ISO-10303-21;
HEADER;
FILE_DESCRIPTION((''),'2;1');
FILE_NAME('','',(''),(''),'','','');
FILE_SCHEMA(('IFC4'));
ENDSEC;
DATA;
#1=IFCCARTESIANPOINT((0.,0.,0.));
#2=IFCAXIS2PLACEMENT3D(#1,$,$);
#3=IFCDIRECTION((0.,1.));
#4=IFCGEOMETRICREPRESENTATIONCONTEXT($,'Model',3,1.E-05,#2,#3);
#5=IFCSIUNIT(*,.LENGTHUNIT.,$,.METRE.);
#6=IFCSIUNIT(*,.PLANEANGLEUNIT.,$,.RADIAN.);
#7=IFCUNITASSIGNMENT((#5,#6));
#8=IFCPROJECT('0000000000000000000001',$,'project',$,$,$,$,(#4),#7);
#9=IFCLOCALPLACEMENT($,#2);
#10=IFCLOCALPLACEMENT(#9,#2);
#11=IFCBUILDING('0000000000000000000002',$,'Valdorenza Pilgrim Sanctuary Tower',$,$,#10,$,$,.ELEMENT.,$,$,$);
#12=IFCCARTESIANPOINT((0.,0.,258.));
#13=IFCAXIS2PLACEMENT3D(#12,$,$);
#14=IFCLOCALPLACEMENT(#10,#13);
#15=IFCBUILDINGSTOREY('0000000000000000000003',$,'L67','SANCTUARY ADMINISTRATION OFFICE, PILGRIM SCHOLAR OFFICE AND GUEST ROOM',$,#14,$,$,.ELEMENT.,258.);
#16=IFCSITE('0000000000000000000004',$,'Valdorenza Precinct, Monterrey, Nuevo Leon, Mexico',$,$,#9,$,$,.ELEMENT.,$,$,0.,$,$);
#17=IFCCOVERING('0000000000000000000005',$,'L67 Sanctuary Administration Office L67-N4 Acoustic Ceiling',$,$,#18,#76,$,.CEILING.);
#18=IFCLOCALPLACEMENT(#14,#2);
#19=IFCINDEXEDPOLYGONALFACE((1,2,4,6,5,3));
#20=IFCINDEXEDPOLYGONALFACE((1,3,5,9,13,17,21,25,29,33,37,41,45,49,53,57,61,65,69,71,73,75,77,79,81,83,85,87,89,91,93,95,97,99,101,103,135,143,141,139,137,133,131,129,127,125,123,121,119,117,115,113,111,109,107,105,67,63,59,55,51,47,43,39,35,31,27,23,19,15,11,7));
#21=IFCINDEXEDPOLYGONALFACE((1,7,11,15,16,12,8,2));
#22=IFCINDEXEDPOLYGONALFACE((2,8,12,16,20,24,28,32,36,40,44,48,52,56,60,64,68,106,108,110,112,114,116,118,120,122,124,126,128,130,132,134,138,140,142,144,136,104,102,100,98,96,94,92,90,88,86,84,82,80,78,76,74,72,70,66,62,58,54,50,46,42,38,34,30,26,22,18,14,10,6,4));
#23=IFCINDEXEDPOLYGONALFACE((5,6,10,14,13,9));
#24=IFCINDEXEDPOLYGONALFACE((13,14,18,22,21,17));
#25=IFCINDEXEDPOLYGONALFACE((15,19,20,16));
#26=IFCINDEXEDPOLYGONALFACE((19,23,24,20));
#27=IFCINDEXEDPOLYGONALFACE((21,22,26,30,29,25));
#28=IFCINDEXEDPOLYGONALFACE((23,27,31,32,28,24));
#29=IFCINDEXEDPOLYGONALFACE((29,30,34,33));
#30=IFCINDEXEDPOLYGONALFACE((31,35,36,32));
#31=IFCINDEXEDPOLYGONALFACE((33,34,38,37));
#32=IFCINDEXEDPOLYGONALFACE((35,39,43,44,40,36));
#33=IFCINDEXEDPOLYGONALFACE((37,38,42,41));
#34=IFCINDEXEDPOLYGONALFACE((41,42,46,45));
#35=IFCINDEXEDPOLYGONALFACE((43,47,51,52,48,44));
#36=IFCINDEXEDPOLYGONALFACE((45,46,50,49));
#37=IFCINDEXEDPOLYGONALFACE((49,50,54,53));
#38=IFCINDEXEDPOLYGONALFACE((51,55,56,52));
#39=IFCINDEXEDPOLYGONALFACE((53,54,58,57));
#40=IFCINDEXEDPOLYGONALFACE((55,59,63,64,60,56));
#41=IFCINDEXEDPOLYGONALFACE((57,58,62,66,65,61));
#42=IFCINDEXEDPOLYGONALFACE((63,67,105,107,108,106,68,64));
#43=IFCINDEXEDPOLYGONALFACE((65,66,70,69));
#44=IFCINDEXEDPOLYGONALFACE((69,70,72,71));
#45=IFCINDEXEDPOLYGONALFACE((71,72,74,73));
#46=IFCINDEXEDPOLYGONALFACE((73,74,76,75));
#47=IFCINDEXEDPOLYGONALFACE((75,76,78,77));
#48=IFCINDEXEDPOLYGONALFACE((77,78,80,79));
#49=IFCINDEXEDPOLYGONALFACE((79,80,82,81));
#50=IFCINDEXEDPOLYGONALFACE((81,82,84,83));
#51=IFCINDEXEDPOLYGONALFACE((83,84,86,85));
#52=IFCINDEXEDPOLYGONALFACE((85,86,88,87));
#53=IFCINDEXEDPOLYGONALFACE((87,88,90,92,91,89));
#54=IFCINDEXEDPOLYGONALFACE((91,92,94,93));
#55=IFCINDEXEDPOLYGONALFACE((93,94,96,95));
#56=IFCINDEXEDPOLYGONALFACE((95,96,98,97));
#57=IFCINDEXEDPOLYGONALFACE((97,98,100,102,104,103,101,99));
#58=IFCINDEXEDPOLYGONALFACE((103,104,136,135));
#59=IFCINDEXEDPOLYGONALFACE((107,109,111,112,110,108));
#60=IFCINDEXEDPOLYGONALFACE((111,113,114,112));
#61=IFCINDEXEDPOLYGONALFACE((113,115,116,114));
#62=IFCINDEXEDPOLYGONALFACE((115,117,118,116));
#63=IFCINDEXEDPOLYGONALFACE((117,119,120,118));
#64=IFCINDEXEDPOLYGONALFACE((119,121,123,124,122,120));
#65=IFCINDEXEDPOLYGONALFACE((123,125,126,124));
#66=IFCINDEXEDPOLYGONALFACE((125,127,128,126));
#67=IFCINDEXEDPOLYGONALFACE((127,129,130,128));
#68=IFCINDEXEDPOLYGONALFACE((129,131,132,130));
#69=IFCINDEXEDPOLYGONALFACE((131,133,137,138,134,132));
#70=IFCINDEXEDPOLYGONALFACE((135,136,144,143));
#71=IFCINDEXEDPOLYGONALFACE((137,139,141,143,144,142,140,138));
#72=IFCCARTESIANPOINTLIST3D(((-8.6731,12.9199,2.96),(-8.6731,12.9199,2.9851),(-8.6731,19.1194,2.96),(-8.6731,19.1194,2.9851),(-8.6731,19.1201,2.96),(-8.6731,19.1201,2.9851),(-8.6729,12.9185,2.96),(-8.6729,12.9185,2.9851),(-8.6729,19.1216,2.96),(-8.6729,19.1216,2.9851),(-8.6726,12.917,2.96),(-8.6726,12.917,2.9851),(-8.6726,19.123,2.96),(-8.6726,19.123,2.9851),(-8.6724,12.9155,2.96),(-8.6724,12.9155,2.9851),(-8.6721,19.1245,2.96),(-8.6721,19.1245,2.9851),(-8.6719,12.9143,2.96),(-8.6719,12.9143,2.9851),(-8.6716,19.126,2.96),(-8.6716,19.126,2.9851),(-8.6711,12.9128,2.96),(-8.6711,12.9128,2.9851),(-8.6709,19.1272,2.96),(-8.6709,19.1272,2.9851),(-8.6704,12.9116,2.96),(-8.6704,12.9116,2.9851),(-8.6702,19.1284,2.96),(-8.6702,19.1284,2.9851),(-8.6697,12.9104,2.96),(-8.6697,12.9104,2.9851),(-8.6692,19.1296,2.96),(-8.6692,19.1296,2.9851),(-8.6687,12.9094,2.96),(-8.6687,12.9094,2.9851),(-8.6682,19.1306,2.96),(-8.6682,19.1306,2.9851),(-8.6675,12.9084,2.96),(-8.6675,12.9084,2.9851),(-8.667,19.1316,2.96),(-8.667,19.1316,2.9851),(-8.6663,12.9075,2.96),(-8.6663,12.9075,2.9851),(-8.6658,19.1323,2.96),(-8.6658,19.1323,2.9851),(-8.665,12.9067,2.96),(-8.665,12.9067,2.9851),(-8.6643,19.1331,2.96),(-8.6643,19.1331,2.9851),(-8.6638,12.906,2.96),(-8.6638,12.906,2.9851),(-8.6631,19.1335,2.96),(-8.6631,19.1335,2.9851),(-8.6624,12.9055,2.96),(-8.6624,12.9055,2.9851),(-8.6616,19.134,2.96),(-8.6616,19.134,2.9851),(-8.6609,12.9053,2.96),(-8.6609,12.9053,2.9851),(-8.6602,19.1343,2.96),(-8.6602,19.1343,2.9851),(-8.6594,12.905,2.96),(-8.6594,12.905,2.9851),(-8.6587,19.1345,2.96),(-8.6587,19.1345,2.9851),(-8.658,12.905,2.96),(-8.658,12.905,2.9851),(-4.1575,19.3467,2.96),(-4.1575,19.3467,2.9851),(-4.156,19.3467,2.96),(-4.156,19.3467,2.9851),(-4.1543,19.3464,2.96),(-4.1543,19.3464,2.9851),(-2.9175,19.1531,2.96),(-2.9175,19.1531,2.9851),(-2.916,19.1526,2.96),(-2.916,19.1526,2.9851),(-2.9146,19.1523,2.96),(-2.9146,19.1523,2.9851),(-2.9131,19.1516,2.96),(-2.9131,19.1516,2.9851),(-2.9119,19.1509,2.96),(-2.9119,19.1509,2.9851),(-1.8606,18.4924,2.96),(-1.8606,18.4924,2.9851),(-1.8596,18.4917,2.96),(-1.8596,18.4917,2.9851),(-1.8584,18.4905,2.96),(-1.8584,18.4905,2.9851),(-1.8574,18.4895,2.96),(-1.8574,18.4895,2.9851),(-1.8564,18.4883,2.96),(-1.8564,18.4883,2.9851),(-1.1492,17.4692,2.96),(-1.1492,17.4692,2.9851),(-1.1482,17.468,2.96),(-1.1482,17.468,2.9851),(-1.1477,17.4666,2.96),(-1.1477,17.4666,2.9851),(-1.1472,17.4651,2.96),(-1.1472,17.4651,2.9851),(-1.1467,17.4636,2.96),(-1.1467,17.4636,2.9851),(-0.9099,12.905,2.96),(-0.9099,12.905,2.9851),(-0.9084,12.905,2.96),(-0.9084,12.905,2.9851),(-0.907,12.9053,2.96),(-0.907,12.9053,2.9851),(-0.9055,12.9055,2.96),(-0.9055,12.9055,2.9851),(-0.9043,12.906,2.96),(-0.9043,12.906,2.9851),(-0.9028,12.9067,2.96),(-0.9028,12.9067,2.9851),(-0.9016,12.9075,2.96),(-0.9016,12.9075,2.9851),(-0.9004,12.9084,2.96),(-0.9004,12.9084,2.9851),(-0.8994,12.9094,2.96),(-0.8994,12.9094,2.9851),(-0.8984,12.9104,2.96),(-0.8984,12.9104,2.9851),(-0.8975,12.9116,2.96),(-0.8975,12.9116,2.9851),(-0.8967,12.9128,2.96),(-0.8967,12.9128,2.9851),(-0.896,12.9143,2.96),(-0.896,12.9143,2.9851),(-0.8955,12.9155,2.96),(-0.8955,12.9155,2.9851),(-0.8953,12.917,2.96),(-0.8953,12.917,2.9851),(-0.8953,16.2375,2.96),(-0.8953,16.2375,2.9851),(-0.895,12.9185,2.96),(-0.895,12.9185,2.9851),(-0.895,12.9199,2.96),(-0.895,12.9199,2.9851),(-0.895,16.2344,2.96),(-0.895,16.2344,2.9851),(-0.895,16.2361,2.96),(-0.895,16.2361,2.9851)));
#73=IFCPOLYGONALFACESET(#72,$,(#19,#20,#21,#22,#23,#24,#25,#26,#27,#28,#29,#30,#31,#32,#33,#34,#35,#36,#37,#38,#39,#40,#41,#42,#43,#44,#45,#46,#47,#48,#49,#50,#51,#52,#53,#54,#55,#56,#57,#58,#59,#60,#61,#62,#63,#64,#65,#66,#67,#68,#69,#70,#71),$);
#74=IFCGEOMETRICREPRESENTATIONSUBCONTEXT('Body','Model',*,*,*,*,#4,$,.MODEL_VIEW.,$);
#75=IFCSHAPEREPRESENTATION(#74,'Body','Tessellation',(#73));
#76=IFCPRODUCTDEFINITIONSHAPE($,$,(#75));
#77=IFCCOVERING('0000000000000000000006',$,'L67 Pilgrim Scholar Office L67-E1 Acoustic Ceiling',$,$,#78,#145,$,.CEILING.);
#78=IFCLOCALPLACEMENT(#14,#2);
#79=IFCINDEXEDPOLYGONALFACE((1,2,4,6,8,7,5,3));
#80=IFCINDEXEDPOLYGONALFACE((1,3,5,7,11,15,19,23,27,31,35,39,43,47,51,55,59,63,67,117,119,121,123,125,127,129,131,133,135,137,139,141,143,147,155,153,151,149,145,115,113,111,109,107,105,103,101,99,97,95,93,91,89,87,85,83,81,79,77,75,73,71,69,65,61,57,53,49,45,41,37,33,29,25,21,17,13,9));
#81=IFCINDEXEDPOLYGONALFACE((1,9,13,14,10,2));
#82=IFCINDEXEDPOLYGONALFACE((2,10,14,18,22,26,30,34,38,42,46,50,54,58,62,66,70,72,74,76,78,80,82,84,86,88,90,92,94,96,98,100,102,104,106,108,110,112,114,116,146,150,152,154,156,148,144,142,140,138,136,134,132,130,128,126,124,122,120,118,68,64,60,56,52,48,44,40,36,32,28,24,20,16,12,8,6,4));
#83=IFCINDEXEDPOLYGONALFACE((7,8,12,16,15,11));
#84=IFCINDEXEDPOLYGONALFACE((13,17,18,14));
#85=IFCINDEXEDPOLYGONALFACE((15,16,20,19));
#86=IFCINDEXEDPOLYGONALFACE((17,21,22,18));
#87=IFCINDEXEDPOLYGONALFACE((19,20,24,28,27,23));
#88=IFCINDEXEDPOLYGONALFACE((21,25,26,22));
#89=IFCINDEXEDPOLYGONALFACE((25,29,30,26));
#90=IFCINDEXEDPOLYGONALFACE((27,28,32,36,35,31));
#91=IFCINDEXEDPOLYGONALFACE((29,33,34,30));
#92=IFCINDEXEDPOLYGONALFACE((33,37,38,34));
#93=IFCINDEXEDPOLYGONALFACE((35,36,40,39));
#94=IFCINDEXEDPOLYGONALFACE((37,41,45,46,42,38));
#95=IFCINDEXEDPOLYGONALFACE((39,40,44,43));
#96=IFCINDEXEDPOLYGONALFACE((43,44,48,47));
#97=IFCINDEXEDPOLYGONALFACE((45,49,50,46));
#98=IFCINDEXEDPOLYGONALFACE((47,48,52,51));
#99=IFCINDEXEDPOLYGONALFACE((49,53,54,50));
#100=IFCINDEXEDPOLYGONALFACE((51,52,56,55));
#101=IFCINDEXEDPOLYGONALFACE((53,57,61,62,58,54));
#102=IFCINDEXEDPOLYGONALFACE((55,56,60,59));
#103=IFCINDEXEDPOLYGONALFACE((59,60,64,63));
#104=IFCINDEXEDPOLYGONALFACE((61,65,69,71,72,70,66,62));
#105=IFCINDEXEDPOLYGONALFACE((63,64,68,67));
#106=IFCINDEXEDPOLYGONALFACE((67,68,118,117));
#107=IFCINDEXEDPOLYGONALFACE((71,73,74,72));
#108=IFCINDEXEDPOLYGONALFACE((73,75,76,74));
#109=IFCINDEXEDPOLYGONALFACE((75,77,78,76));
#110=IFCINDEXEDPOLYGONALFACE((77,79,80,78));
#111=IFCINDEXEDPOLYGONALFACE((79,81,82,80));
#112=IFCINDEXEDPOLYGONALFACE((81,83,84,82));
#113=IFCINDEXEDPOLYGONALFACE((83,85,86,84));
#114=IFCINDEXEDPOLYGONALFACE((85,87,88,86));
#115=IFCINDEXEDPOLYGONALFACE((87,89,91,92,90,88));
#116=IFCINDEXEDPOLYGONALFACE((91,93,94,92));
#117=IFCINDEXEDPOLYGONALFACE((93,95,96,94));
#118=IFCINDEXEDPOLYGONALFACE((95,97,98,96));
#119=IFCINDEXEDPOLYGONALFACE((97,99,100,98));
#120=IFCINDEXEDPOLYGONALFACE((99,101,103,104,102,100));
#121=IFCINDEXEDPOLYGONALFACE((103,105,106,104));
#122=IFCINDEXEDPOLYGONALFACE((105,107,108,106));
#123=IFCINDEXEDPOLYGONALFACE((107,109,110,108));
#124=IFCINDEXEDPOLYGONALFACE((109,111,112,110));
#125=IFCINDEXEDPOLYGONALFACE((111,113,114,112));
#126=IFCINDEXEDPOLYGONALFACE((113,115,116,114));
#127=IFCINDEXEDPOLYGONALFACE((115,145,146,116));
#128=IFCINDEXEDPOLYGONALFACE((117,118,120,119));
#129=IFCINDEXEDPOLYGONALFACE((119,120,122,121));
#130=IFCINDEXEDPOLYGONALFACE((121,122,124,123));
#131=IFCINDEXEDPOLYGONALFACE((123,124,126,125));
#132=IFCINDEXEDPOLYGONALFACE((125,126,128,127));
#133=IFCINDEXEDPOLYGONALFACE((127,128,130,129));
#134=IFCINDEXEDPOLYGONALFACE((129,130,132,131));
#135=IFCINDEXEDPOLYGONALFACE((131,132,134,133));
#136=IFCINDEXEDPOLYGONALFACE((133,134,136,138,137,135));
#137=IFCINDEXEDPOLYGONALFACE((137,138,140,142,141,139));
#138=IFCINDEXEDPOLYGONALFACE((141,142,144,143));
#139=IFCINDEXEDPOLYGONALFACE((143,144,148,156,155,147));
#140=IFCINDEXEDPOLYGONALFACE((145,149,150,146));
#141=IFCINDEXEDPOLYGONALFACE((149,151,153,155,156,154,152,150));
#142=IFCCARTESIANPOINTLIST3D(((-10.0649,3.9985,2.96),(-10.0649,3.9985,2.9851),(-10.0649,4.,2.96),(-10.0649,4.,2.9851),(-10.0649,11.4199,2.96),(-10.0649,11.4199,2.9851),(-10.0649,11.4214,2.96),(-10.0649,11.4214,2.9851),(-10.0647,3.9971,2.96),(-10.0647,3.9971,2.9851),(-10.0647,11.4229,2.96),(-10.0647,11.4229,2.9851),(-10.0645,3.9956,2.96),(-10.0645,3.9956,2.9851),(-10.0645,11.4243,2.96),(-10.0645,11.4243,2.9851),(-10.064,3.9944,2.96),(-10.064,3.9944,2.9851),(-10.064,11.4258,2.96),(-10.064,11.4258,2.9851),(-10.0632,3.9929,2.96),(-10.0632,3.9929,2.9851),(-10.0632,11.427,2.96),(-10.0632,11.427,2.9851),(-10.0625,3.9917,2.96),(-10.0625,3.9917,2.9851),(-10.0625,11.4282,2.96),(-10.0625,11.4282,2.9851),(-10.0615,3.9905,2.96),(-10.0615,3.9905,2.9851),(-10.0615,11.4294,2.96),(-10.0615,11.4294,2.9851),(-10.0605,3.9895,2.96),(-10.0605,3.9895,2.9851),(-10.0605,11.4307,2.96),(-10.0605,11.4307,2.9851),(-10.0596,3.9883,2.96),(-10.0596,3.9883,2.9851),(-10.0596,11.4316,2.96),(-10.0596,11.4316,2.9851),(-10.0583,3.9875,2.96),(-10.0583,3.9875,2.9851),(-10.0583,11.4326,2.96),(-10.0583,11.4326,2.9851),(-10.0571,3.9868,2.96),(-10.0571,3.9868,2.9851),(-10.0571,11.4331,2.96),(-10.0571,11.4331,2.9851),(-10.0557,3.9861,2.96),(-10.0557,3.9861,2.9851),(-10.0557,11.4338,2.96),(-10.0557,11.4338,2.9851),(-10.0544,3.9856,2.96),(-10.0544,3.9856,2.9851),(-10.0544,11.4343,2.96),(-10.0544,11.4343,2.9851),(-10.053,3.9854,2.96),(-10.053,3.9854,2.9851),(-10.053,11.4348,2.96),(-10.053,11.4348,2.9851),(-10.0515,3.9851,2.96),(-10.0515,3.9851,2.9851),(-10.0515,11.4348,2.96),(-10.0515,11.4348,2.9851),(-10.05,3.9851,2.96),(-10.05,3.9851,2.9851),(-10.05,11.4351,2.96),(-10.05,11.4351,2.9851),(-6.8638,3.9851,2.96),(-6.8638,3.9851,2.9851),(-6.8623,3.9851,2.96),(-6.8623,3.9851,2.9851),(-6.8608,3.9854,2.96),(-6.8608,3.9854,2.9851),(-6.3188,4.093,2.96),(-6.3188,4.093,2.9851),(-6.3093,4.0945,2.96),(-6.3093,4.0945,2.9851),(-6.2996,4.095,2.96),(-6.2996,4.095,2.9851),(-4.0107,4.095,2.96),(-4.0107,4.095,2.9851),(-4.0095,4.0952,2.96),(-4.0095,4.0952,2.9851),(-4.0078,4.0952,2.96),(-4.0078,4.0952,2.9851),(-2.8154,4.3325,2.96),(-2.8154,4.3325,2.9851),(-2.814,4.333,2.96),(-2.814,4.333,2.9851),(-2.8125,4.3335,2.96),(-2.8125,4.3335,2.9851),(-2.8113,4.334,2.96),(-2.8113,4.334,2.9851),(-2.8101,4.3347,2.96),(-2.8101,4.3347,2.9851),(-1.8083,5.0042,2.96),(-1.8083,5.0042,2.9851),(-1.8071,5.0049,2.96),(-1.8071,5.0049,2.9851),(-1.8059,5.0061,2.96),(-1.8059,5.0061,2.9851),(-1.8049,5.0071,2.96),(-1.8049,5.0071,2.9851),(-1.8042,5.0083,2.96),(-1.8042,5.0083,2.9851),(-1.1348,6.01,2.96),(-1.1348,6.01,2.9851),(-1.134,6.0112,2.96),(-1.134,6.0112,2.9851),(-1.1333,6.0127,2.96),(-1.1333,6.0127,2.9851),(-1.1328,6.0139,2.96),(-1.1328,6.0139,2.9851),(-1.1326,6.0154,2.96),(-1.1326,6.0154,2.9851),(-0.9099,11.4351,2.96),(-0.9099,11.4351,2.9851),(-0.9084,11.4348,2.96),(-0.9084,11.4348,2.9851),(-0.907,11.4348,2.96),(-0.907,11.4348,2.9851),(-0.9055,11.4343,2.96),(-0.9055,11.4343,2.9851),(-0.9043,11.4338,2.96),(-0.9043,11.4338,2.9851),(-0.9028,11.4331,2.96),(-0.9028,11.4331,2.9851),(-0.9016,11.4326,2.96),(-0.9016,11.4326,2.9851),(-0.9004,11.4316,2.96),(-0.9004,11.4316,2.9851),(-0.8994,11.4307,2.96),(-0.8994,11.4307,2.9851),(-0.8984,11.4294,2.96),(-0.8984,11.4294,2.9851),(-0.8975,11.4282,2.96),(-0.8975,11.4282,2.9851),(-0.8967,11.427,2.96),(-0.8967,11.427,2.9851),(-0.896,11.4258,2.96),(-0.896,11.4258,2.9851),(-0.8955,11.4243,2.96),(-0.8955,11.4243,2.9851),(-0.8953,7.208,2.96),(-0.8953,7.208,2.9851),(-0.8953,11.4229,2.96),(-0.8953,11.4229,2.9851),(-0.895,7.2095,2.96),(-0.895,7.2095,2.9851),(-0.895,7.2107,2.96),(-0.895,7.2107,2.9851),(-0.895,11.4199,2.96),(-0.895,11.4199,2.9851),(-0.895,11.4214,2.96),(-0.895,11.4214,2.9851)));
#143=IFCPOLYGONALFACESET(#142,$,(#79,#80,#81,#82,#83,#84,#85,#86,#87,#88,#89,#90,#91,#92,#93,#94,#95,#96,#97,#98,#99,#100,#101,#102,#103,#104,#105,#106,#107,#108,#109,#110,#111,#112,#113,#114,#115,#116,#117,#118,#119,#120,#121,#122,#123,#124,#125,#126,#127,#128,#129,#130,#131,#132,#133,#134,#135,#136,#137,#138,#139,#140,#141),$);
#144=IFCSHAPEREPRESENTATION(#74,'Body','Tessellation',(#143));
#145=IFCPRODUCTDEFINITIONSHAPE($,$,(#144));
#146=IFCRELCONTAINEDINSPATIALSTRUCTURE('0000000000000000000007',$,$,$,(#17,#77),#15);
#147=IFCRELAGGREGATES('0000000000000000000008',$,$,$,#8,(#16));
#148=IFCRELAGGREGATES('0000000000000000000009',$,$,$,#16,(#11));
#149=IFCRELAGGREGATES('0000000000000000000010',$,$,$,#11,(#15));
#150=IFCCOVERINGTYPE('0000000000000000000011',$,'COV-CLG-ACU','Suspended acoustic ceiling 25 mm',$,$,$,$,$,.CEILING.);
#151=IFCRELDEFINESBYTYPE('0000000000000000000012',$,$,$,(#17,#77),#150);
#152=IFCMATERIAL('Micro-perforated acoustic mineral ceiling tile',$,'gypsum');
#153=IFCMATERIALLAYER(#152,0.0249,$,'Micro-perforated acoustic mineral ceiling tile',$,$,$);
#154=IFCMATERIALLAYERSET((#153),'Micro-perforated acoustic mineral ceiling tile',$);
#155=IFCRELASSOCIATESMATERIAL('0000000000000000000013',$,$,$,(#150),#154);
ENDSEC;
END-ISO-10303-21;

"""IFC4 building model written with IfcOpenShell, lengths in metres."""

from ifc_helpers import new_model, si_unit, direction, frame, origin, place, context, subcontext, project, spatial, polyline, outline, extrude, material, layer, layer_set, type_object, element, save


model = new_model("IFC4")

# Units and contexts
model_context = context("Model", 3, precision=1e-05, world=origin(), true_north=direction((0.0, 1.0)))
body_context = subcontext(model_context, "Body", "Model", "MODEL_VIEW")
ifc_project = project(units=[si_unit("LENGTHUNIT", "METRE"), si_unit("PLANEANGLEUNIT", "RADIAN")], contexts=[model_context])

# Site, building, storey
site_placement = place(None, origin())
site = spatial("IfcSite", under=ifc_project, at=site_placement, Name="Valdorenza Precinct, Monterrey, Nuevo Leon, Mexico", CompositionType="ELEMENT", RefElevation=0.0)
building_placement = place(site_placement, origin())
building = spatial("IfcBuilding", under=site, at=building_placement, Name="Valdorenza Pilgrim Sanctuary Tower", CompositionType="ELEMENT")
storey_placement = place(building_placement, frame((0.0, 0.0, 258.0)))
storey = spatial("IfcBuildingStorey", under=building, at=storey_placement, Name="L67", Description="SANCTUARY ADMINISTRATION OFFICE, PILGRIM SCHOLAR OFFICE AND GUEST ROOM", CompositionType="ELEMENT", Elevation=258.0)

# Coverings
ifc_material_1 = material(Name="Micro-perforated acoustic mineral ceiling tile", Category="gypsum")
ifc_layer_1 = layer(ifc_material_1, 0.0249, Name="Micro-perforated acoustic mineral ceiling tile")
ifc_layer_set_1 = layer_set([ifc_layer_1], Name="Micro-perforated acoustic mineral ceiling tile")
covering_type_1 = type_object("IfcCoveringType", Name="COV-CLG-ACU", Description="Suspended acoustic ceiling 25 mm", PredefinedType="CEILING", material=ifc_layer_set_1)
covering_1_placement = place(storey_placement, frame((0.0, 0.0, 2.96)))
element("IfcCovering", 1, at=covering_1_placement, inside=storey, type_object=covering_type_1, Name="L67 Sanctuary Administration Office L67-N4 Acoustic Ceiling", PredefinedType="CEILING", context=body_context, shape_type="SweptSolid", body=[
    extrude(outline(polyline([(-8.6731, 19.1194), (-8.6731, 19.1201), (-8.6729, 19.1216), (-8.6726, 19.123), (-8.6721, 19.1245), (-8.6716, 19.126), (-8.6709, 19.1272), (-8.6702, 19.1284), (-8.6692, 19.1296), (-8.6682, 19.1306), (-8.667, 19.1316), (-8.6658, 19.1323), (-8.6643, 19.1331), (-8.6631, 19.1335), (-8.6616, 19.134), (-8.6602, 19.1343), (-8.6587, 19.1345), (-4.1575, 19.3467), (-4.156, 19.3467), (-4.1543, 19.3464), (-2.9175, 19.1531), (-2.916, 19.1526), (-2.9146, 19.1523), (-2.9131, 19.1516), (-2.9119, 19.1509), (-1.8606, 18.4924), (-1.8596, 18.4917), (-1.8584, 18.4905), (-1.8574, 18.4895), (-1.8564, 18.4883), (-1.1492, 17.4692), (-1.1482, 17.468), (-1.1477, 17.4666), (-1.1472, 17.4651), (-1.1467, 17.4636), (-0.8953, 16.2375), (-0.895, 16.2361), (-0.895, 16.2344), (-0.895, 12.9199), (-0.895, 12.9185), (-0.8953, 12.917), (-0.8955, 12.9155), (-0.896, 12.9143), (-0.8967, 12.9128), (-0.8975, 12.9116), (-0.8984, 12.9104), (-0.8994, 12.9094), (-0.9004, 12.9084), (-0.9016, 12.9075), (-0.9028, 12.9067), (-0.9043, 12.906), (-0.9055, 12.9055), (-0.907, 12.9053), (-0.9084, 12.905), (-0.9099, 12.905), (-8.658, 12.905), (-8.6594, 12.905), (-8.6609, 12.9053), (-8.6624, 12.9055), (-8.6638, 12.906), (-8.665, 12.9067), (-8.6663, 12.9075), (-8.6675, 12.9084), (-8.6687, 12.9094), (-8.6697, 12.9104), (-8.6704, 12.9116), (-8.6711, 12.9128), (-8.6719, 12.9143), (-8.6724, 12.9155), (-8.6726, 12.917), (-8.6729, 12.9185), (-8.6731, 12.9199), (-8.6731, 19.1194), (-8.6731, 19.1194)])), origin(), (0.0, 0.0, 1.0), 0.0251),
])
covering_2_placement = place(storey_placement, frame((0.0, 0.0, 2.96)))
element("IfcCovering", 2, at=covering_2_placement, inside=storey, type_object=covering_type_1, Name="L67 Pilgrim Scholar Office L67-E1 Acoustic Ceiling", PredefinedType="CEILING", context=body_context, shape_type="SweptSolid", body=[
    extrude(outline(polyline([(-10.0649, 11.4199), (-10.0649, 11.4214), (-10.0647, 11.4229), (-10.0645, 11.4243), (-10.064, 11.4258), (-10.0632, 11.427), (-10.0625, 11.4282), (-10.0615, 11.4294), (-10.0605, 11.4307), (-10.0596, 11.4316), (-10.0583, 11.4326), (-10.0571, 11.4331), (-10.0557, 11.4338), (-10.0544, 11.4343), (-10.053, 11.4348), (-10.0515, 11.4348), (-10.05, 11.4351), (-0.9099, 11.4351), (-0.9084, 11.4348), (-0.907, 11.4348), (-0.9055, 11.4343), (-0.9043, 11.4338), (-0.9028, 11.4331), (-0.9016, 11.4326), (-0.9004, 11.4316), (-0.8994, 11.4307), (-0.8984, 11.4294), (-0.8975, 11.4282), (-0.8967, 11.427), (-0.896, 11.4258), (-0.8955, 11.4243), (-0.8953, 11.4229), (-0.895, 11.4214), (-0.895, 11.4199), (-0.895, 7.2107), (-0.895, 7.2095), (-0.8953, 7.208), (-1.1326, 6.0154), (-1.1328, 6.0139), (-1.1333, 6.0127), (-1.134, 6.0112), (-1.1348, 6.01), (-1.8042, 5.0083), (-1.8049, 5.0071), (-1.8059, 5.0061), (-1.8071, 5.0049), (-1.8083, 5.0042), (-2.8101, 4.3347), (-2.8113, 4.334), (-2.8125, 4.3335), (-2.814, 4.333), (-2.8154, 4.3325), (-4.0078, 4.0952), (-4.0095, 4.0952), (-4.0107, 4.095), (-6.2996, 4.095), (-6.3093, 4.0945), (-6.3188, 4.093), (-6.8608, 3.9854), (-6.8623, 3.9851), (-6.8638, 3.9851), (-10.05, 3.9851), (-10.0515, 3.9851), (-10.053, 3.9854), (-10.0544, 3.9856), (-10.0557, 3.9861), (-10.0571, 3.9868), (-10.0583, 3.9875), (-10.0596, 3.9883), (-10.0605, 3.9895), (-10.0615, 3.9905), (-10.0625, 3.9917), (-10.0632, 3.9929), (-10.064, 3.9944), (-10.0645, 3.9956), (-10.0647, 3.9971), (-10.0649, 3.9985), (-10.0649, 4.0), (-10.0649, 11.4199)])), origin(), (0.0, 0.0, 1.0), 0.0251),
])

save(model, "model.ifc")
